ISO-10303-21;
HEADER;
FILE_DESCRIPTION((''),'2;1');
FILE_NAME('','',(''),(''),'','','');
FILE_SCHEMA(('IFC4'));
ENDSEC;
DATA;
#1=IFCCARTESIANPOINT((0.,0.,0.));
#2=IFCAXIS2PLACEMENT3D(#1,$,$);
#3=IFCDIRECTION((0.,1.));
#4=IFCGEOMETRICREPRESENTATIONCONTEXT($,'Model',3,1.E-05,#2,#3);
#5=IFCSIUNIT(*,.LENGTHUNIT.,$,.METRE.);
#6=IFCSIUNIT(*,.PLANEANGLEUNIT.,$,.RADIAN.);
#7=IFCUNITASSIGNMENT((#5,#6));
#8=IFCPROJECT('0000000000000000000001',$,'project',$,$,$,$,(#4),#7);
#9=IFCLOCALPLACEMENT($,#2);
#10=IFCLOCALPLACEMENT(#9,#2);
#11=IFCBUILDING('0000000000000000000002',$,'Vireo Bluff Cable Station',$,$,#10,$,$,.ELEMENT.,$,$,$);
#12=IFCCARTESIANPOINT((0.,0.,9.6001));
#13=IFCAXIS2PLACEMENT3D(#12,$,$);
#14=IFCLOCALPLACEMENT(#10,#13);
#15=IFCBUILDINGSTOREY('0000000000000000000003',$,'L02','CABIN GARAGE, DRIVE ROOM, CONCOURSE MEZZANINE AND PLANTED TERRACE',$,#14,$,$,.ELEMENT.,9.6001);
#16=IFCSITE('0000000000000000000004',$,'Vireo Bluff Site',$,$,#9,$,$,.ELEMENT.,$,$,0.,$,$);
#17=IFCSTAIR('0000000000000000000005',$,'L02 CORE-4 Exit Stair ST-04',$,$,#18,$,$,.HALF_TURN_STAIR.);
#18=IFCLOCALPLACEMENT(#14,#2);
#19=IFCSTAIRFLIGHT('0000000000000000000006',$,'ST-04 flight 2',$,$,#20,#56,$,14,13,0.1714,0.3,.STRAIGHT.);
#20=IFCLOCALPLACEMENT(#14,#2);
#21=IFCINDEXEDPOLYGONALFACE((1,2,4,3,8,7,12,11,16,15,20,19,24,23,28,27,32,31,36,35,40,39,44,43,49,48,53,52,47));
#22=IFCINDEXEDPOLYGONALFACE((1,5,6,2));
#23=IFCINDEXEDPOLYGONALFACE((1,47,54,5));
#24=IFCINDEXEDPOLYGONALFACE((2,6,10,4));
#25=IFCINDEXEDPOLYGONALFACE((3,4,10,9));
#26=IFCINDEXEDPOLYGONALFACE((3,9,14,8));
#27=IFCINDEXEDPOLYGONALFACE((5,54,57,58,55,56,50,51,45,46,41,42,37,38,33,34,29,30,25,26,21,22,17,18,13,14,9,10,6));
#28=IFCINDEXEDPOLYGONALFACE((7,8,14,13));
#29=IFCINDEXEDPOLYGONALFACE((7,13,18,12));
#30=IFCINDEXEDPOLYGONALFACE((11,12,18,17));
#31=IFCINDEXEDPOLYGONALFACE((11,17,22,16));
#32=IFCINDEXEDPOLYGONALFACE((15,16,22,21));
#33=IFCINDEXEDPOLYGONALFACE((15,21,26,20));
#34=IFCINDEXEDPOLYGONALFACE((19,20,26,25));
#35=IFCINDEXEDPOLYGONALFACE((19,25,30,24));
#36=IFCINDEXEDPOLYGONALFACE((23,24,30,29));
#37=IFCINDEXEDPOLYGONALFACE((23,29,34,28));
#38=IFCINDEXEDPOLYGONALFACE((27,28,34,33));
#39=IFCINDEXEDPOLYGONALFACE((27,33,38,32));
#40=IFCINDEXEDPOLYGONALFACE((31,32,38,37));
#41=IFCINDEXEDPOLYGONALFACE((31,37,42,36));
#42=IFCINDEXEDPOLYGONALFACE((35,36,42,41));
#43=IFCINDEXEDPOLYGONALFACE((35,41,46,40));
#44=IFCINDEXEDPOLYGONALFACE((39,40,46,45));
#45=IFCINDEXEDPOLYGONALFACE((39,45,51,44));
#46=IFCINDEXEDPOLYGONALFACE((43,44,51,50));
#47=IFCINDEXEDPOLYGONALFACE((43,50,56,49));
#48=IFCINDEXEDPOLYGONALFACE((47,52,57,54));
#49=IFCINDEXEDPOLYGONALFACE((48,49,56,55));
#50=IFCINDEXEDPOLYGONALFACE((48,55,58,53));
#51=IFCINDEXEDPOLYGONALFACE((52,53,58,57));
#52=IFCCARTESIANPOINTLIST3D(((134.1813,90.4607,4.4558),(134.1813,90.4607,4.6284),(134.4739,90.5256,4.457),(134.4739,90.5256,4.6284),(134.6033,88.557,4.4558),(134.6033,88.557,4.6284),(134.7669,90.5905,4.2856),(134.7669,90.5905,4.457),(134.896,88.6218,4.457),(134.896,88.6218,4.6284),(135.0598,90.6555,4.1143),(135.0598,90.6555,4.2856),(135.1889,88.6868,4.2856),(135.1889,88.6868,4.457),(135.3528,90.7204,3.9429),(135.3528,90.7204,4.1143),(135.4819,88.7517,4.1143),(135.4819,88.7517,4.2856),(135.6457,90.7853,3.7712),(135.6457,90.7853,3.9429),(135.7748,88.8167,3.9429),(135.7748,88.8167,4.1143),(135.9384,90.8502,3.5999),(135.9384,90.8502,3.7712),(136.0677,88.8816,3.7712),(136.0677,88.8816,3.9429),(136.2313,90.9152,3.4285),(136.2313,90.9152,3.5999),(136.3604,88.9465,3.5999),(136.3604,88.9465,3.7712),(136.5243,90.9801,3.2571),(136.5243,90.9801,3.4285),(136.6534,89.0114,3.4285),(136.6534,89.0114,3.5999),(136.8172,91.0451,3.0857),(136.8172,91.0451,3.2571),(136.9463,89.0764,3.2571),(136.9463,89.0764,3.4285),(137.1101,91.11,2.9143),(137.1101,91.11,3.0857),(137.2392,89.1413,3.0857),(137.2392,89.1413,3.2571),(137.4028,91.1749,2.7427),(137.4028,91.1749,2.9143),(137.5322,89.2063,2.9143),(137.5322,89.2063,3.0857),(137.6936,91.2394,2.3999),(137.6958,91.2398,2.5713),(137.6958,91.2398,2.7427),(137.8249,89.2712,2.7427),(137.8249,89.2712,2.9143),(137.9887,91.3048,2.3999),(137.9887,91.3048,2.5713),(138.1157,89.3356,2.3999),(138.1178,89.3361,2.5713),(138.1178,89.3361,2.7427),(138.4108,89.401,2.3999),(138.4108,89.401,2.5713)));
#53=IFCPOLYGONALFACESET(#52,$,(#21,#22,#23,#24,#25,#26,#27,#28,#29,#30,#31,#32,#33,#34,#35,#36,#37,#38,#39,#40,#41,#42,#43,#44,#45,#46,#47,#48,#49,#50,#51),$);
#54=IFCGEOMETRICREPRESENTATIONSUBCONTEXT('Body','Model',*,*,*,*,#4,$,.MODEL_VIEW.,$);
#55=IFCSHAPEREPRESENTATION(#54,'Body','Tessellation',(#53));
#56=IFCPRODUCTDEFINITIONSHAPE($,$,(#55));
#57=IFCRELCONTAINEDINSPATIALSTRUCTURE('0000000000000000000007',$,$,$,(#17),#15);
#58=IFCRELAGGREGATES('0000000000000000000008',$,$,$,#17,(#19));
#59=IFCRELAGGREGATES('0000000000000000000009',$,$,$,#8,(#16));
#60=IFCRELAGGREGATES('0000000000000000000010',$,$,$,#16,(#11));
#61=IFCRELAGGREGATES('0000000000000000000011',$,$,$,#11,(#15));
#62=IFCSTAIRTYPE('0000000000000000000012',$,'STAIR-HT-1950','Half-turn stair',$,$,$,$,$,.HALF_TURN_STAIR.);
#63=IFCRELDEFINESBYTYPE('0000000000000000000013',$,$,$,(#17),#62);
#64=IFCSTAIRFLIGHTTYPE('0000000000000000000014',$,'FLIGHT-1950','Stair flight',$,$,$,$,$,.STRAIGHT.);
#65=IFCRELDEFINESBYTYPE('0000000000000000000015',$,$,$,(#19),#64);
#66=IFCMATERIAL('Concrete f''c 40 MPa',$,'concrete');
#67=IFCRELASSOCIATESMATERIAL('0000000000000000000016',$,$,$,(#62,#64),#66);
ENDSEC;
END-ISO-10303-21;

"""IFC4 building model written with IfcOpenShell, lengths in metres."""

from ifc_helpers import new_model, si_unit, direction, frame, origin, place, context, subcontext, project, spatial, polyline, outline, extrude, material, type_object, element, aggregate, save


model = new_model("IFC4")

# Units and contexts
model_context = context("Model", 3, precision=1e-05, world=origin(), true_north=direction((0.0, 1.0)))
body_context = subcontext(model_context, "Body", "Model", "MODEL_VIEW")
ifc_project = project(units=[si_unit("LENGTHUNIT", "METRE"), si_unit("PLANEANGLEUNIT", "RADIAN")], contexts=[model_context])

# Site, building, storey
site_placement = place(None, origin())
site = spatial("IfcSite", under=ifc_project, at=site_placement, Name="Vireo Bluff Site", CompositionType="ELEMENT", RefElevation=0.0)
building_placement = place(site_placement, origin())
building = spatial("IfcBuilding", under=site, at=building_placement, Name="Vireo Bluff Cable Station", CompositionType="ELEMENT")
storey_placement = place(building_placement, frame((0.0, 0.0, 9.6001)))
storey = spatial("IfcBuildingStorey", under=building, at=storey_placement, Name="L02", Description="CABIN GARAGE, DRIVE ROOM, CONCOURSE MEZZANINE AND PLANTED TERRACE", CompositionType="ELEMENT", Elevation=9.6001)

# Shared definitions
ifc_material_1 = material(Name="Concrete f'c 40 MPa", Category="concrete")

# Stair, stair flight
stair_type = type_object("IfcStairType", Name="STAIR-HT-1950", Description="Half-turn stair", PredefinedType="HALF_TURN_STAIR", material=ifc_material_1)
stair_placement = place(storey_placement, origin())
stair = element("IfcStair", 1, at=stair_placement, inside=storey, type_object=stair_type, Name="L02 CORE-4 Exit Stair ST-04", PredefinedType="HALF_TURN_STAIR")
stair_flight_type = type_object("IfcStairFlightType", Name="FLIGHT-1950", Description="Stair flight", PredefinedType="STRAIGHT", material=ifc_material_1)
stair_flight_1_placement = place(storey_placement, frame((138.1997, 90.353, 2.3999), z_axis=(0.0, 0.0, 1.0), x_axis=(-0.976296, -0.21644, 0.0)))
stair_flight_1 = element("IfcStairFlight", 2, at=stair_flight_1_placement, type_object=stair_flight_type, Name="ST-04 flight 2", NumberOfRisers=14, NumberOfTreads=13, PredefinedType="STRAIGHT", RiserHeight=0.1714, TreadLength=0.3, context=body_context, shape_type="SweptSolid", body=[
    extrude(outline(polyline([(0.0, 0.0), (0.0, 0.1714), (0.3, 0.1714), (0.3, 0.3428), (0.6001, 0.3428), (0.6001, 0.5144), (0.8999, 0.5144), (0.8999, 0.6858), (1.2, 0.6858), (1.2, 0.8572), (1.5, 0.8572), (1.5, 1.0286), (1.8, 1.0286), (1.8, 1.2), (2.1001, 1.2), (2.1001, 1.3713), (2.3999, 1.3713), (2.3999, 1.543), (2.7, 1.543), (2.7, 1.7144), (3.0, 1.7144), (3.0, 1.8857), (3.3, 1.8857), (3.3, 2.0571), (3.6001, 2.0571), (3.6001, 2.2285), (3.8999, 2.2285), (3.8999, 2.3999), (3.8999, 2.0559), (0.3022, 0.0), (0.0, 0.0)])), frame((0.0, 0.9751, 0.0), z_axis=(0.0, -1.0, 0.0), x_axis=(1.0, 0.0, 0.0)), (0.0, 0.0, 1.0), 1.95),
])
aggregate(stair, [stair_flight_1])

save(model, "model.ifc")
